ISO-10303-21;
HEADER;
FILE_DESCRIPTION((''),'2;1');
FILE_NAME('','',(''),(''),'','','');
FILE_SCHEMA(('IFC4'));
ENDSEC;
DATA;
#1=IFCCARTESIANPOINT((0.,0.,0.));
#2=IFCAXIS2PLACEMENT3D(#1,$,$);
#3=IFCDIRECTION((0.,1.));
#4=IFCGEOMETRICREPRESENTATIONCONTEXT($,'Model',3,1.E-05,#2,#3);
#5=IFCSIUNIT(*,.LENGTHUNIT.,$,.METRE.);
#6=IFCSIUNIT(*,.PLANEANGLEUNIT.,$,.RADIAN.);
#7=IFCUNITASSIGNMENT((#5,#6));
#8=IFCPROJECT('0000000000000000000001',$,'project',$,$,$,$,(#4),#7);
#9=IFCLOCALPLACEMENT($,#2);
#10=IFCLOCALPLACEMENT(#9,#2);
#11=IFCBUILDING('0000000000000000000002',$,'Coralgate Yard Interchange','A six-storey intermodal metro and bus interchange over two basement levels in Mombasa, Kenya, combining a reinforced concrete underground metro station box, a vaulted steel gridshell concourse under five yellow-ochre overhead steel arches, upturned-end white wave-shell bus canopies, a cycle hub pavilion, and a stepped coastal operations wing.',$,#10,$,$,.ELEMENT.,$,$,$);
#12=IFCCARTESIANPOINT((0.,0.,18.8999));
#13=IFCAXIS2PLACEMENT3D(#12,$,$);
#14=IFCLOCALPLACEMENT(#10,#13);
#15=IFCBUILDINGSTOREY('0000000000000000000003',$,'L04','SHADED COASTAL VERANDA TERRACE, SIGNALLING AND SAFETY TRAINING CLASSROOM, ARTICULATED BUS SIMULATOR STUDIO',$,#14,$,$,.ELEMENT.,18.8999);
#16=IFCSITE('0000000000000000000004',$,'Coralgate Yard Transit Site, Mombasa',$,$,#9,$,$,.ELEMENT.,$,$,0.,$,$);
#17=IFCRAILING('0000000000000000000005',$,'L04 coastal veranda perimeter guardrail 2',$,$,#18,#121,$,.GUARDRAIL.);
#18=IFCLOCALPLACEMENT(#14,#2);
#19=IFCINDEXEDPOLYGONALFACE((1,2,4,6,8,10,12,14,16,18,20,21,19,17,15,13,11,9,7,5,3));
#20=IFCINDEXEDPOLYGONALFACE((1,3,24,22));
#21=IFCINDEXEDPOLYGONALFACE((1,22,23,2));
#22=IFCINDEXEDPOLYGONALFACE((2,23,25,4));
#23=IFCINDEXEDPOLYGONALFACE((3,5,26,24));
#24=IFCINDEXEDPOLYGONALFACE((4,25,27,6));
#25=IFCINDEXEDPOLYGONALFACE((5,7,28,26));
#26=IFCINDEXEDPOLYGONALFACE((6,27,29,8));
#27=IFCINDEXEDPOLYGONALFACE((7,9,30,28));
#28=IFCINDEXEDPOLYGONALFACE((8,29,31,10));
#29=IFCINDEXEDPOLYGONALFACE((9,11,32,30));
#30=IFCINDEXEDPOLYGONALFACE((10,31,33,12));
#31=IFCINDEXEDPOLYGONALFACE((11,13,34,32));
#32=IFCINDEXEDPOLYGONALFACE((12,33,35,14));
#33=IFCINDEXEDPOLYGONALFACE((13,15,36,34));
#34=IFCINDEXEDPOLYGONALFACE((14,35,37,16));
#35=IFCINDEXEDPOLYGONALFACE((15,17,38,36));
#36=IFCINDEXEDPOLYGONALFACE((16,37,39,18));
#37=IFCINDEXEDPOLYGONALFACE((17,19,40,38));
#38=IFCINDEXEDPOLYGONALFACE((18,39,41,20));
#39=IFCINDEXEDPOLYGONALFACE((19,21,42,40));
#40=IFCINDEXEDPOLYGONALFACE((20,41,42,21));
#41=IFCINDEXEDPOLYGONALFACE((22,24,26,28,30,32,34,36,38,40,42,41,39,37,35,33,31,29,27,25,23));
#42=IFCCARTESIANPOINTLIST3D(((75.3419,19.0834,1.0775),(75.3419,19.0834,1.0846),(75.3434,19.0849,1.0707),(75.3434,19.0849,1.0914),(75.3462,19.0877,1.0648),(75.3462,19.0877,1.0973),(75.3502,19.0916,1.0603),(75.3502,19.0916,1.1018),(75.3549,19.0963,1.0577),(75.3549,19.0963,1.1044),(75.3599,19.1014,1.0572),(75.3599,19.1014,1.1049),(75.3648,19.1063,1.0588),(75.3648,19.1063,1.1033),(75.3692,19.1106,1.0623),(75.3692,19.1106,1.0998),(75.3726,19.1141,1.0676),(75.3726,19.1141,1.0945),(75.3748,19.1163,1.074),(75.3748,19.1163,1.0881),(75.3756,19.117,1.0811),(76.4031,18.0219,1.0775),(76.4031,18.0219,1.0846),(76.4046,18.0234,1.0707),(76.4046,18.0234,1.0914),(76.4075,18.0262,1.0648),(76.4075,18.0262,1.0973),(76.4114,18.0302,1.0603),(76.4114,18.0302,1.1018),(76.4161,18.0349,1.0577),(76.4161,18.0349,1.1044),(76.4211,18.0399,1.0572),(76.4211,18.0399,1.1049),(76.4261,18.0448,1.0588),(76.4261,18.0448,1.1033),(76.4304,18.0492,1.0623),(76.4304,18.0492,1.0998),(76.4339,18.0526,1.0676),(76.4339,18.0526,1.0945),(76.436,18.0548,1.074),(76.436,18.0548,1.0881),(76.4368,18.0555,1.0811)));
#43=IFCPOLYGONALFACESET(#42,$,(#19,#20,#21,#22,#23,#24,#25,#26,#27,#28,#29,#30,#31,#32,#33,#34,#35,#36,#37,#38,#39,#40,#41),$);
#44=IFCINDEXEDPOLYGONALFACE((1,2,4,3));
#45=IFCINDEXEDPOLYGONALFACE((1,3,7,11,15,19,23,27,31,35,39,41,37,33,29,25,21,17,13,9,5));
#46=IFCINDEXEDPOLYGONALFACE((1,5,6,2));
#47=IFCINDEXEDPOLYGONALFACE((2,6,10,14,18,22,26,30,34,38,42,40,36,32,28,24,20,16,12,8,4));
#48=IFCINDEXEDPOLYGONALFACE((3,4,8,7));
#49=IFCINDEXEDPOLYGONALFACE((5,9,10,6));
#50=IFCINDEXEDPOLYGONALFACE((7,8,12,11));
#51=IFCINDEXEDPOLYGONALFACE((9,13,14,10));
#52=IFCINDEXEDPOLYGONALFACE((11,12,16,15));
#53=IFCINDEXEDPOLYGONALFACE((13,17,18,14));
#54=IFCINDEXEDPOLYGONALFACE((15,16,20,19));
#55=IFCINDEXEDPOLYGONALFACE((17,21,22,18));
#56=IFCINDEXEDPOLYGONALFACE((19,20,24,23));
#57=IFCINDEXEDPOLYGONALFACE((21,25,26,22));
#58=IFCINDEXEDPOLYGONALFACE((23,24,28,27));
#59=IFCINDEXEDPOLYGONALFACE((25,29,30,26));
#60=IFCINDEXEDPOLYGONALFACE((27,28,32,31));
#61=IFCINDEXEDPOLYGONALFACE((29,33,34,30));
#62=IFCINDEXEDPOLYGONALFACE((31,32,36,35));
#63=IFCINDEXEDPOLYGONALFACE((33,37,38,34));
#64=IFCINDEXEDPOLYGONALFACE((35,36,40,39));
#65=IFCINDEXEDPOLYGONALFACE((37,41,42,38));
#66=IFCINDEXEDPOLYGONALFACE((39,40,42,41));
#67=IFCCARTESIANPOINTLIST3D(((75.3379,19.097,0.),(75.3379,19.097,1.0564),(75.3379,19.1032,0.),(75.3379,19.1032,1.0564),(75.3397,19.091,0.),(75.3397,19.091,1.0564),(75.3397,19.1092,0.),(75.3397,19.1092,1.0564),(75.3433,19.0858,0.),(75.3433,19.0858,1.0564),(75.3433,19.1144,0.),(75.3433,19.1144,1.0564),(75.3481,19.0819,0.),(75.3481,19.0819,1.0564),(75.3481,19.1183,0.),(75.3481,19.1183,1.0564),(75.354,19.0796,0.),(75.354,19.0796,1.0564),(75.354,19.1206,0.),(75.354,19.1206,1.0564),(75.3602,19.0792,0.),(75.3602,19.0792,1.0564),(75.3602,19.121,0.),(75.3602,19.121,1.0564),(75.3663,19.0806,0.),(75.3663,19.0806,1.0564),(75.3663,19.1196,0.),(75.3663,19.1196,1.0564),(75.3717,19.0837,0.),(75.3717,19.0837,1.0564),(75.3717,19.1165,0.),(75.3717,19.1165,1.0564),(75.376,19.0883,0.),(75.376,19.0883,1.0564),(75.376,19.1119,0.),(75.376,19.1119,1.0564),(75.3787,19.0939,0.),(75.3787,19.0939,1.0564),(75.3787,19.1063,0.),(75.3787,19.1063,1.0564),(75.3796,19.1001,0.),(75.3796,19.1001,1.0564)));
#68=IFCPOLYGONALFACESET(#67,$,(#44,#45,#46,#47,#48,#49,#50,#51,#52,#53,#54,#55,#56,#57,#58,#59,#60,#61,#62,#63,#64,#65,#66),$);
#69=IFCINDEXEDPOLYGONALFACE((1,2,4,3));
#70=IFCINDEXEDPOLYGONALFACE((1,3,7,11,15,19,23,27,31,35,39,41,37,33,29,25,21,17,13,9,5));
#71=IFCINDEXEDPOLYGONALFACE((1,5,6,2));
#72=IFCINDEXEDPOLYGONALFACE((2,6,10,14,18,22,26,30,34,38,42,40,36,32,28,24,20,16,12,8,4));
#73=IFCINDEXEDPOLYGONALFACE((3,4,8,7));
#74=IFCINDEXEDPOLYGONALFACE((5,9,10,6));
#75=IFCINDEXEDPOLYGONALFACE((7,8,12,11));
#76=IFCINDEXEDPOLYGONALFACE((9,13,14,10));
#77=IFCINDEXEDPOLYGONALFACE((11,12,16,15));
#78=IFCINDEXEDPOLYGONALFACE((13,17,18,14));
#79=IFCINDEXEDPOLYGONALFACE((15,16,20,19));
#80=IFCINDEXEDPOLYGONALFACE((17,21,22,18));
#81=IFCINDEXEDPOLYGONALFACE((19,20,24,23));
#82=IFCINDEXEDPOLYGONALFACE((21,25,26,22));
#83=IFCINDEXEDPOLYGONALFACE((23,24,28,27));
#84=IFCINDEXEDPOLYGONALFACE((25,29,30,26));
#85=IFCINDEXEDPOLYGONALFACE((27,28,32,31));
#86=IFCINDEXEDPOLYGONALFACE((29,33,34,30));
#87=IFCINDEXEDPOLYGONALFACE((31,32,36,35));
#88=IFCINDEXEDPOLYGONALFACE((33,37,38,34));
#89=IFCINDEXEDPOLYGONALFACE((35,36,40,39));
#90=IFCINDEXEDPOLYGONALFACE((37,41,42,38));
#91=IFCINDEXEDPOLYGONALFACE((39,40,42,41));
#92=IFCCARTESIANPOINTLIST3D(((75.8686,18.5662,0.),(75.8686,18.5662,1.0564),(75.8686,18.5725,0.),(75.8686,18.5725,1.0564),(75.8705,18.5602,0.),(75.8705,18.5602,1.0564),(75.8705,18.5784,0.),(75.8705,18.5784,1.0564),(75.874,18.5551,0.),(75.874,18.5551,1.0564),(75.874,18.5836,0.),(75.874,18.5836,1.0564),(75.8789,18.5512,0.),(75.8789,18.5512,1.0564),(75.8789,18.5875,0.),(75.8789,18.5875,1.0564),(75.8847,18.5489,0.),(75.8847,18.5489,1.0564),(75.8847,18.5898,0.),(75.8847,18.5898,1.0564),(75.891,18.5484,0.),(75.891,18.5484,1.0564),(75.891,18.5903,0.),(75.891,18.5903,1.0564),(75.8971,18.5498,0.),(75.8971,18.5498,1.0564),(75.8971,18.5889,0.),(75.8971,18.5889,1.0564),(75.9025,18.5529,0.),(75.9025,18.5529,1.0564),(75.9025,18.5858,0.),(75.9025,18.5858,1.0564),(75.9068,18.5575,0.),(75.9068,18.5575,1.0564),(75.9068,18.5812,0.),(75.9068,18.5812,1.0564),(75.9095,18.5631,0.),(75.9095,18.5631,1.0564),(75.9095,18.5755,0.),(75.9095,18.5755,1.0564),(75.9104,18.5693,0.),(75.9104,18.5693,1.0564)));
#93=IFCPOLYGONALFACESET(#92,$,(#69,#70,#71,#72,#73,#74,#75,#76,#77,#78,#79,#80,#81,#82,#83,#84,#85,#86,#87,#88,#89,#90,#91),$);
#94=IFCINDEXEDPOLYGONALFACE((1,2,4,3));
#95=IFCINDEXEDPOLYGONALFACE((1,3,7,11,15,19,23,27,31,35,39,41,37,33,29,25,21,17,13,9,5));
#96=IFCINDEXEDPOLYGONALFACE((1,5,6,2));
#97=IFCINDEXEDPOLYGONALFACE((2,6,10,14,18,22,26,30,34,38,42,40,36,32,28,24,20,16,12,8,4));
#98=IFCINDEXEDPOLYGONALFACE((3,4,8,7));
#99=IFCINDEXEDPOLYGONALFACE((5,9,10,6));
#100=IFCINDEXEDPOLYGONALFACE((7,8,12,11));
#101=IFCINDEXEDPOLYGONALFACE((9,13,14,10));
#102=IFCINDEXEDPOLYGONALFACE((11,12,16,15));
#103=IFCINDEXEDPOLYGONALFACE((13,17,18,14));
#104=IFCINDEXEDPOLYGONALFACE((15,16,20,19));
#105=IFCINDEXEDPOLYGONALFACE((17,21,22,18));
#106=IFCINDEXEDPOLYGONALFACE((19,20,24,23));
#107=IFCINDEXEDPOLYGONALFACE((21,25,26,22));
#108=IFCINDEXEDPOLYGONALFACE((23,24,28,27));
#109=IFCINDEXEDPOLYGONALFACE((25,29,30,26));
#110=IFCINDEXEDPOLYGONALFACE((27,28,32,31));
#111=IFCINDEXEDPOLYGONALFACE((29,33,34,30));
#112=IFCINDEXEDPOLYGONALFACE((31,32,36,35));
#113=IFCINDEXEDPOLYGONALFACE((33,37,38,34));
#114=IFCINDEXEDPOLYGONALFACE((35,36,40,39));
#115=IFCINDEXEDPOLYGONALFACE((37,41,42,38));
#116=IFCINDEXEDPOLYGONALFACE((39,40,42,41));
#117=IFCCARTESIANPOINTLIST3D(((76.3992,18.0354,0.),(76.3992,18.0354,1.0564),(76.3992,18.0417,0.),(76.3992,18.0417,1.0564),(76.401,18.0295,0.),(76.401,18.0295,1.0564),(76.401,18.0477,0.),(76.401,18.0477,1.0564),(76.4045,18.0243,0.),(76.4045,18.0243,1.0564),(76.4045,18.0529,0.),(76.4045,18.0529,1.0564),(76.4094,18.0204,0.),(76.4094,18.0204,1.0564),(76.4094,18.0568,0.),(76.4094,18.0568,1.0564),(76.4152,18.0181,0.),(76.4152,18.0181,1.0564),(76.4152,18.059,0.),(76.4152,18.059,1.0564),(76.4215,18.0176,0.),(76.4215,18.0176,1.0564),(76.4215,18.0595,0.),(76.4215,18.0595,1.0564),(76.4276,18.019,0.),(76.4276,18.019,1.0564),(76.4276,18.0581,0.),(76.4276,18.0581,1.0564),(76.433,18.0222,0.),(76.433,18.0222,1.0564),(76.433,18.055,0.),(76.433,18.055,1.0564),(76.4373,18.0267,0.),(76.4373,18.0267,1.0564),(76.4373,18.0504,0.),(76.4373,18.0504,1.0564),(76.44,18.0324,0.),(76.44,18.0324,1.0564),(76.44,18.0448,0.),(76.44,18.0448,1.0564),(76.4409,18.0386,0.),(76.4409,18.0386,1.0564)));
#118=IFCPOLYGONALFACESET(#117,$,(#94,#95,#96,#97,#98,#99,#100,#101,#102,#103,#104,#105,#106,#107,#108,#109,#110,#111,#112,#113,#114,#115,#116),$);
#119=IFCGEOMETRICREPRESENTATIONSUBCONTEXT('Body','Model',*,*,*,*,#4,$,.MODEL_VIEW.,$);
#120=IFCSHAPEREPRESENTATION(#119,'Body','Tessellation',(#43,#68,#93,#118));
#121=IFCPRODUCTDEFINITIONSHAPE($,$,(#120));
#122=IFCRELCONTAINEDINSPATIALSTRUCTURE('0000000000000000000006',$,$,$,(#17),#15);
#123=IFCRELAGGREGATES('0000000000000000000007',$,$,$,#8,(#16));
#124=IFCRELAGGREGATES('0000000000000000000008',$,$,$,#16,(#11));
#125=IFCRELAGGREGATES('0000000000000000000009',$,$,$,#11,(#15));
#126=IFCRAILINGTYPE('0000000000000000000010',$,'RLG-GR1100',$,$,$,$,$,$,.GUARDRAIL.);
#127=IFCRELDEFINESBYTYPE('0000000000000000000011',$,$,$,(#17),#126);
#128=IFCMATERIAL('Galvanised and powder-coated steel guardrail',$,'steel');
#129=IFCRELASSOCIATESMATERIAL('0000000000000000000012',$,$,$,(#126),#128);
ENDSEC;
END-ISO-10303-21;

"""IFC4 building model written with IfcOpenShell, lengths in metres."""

from ifc_helpers import new_model, si_unit, direction, frame, origin, origin_2d, place, context, subcontext, project, spatial, circle, extrude, material, type_object, element, save


model = new_model("IFC4")

# Units and contexts
model_context = context("Model", 3, precision=1e-05, world=origin(), true_north=direction((0.0, 1.0)))
body_context = subcontext(model_context, "Body", "Model", "MODEL_VIEW")
ifc_project = project(units=[si_unit("LENGTHUNIT", "METRE"), si_unit("PLANEANGLEUNIT", "RADIAN")], contexts=[model_context])

# Site, building, storey
site_placement = place(None, origin())
site = spatial("IfcSite", under=ifc_project, at=site_placement, Name="Coralgate Yard Transit Site, Mombasa", CompositionType="ELEMENT", RefElevation=0.0)
building_placement = place(site_placement, origin())
building = spatial("IfcBuilding", under=site, at=building_placement, Name="Coralgate Yard Interchange", Description="A six-storey intermodal metro and bus interchange over two basement levels in Mombasa, Kenya, combining a reinforced concrete underground metro station box, a vaulted steel gridshell concourse under five yellow-ochre overhead steel arches, upturned-end white wave-shell bus canopies, a cycle hub pavilion, and a stepped coastal operations wing.", CompositionType="ELEMENT")
storey_placement = place(building_placement, frame((0.0, 0.0, 18.8999)))
storey = spatial("IfcBuildingStorey", under=building, at=storey_placement, Name="L04", Description="SHADED COASTAL VERANDA TERRACE, SIGNALLING AND SAFETY TRAINING CLASSROOM, ARTICULATED BUS SIMULATOR STUDIO", CompositionType="ELEMENT", Elevation=18.8999)

# Railing
ifc_material_1 = material(Name="Galvanised and powder-coated steel guardrail", Category="steel")
railing_type = type_object("IfcRailingType", Name="RLG-GR1100", PredefinedType="GUARDRAIL", material=ifc_material_1)
railing_1_placement = place(storey_placement, frame((75.3586, 19.1001, 0.0)))
element("IfcRailing", 1, at=railing_1_placement, inside=storey, type_object=railing_type, Name="L04 coastal veranda perimeter guardrail 2", PredefinedType="GUARDRAIL", context=body_context, shape_type="SweptSolid", body=[
    extrude(circle(Radius=0.0239, at=origin_2d()), frame((0.0, 0.0, 1.0811), z_axis=(0.707025, -0.707188, 0.0), x_axis=(0.707188, 0.707025, 0.0)), (0.0, 0.0, 1.0), 1.501),
    extrude(circle(Radius=0.021, at=origin_2d()), origin(), (0.0, 0.0, 1.0), 1.0564),
    extrude(circle(Radius=0.021, at=origin_2d()), frame((0.5308, -0.5308, 0.0)), (0.0, 0.0, 1.0), 1.0564),
    extrude(circle(Radius=0.021, at=origin_2d()), frame((1.0613, -1.0615, 0.0)), (0.0, 0.0, 1.0), 1.0564),
])

save(model, "model.ifc")
